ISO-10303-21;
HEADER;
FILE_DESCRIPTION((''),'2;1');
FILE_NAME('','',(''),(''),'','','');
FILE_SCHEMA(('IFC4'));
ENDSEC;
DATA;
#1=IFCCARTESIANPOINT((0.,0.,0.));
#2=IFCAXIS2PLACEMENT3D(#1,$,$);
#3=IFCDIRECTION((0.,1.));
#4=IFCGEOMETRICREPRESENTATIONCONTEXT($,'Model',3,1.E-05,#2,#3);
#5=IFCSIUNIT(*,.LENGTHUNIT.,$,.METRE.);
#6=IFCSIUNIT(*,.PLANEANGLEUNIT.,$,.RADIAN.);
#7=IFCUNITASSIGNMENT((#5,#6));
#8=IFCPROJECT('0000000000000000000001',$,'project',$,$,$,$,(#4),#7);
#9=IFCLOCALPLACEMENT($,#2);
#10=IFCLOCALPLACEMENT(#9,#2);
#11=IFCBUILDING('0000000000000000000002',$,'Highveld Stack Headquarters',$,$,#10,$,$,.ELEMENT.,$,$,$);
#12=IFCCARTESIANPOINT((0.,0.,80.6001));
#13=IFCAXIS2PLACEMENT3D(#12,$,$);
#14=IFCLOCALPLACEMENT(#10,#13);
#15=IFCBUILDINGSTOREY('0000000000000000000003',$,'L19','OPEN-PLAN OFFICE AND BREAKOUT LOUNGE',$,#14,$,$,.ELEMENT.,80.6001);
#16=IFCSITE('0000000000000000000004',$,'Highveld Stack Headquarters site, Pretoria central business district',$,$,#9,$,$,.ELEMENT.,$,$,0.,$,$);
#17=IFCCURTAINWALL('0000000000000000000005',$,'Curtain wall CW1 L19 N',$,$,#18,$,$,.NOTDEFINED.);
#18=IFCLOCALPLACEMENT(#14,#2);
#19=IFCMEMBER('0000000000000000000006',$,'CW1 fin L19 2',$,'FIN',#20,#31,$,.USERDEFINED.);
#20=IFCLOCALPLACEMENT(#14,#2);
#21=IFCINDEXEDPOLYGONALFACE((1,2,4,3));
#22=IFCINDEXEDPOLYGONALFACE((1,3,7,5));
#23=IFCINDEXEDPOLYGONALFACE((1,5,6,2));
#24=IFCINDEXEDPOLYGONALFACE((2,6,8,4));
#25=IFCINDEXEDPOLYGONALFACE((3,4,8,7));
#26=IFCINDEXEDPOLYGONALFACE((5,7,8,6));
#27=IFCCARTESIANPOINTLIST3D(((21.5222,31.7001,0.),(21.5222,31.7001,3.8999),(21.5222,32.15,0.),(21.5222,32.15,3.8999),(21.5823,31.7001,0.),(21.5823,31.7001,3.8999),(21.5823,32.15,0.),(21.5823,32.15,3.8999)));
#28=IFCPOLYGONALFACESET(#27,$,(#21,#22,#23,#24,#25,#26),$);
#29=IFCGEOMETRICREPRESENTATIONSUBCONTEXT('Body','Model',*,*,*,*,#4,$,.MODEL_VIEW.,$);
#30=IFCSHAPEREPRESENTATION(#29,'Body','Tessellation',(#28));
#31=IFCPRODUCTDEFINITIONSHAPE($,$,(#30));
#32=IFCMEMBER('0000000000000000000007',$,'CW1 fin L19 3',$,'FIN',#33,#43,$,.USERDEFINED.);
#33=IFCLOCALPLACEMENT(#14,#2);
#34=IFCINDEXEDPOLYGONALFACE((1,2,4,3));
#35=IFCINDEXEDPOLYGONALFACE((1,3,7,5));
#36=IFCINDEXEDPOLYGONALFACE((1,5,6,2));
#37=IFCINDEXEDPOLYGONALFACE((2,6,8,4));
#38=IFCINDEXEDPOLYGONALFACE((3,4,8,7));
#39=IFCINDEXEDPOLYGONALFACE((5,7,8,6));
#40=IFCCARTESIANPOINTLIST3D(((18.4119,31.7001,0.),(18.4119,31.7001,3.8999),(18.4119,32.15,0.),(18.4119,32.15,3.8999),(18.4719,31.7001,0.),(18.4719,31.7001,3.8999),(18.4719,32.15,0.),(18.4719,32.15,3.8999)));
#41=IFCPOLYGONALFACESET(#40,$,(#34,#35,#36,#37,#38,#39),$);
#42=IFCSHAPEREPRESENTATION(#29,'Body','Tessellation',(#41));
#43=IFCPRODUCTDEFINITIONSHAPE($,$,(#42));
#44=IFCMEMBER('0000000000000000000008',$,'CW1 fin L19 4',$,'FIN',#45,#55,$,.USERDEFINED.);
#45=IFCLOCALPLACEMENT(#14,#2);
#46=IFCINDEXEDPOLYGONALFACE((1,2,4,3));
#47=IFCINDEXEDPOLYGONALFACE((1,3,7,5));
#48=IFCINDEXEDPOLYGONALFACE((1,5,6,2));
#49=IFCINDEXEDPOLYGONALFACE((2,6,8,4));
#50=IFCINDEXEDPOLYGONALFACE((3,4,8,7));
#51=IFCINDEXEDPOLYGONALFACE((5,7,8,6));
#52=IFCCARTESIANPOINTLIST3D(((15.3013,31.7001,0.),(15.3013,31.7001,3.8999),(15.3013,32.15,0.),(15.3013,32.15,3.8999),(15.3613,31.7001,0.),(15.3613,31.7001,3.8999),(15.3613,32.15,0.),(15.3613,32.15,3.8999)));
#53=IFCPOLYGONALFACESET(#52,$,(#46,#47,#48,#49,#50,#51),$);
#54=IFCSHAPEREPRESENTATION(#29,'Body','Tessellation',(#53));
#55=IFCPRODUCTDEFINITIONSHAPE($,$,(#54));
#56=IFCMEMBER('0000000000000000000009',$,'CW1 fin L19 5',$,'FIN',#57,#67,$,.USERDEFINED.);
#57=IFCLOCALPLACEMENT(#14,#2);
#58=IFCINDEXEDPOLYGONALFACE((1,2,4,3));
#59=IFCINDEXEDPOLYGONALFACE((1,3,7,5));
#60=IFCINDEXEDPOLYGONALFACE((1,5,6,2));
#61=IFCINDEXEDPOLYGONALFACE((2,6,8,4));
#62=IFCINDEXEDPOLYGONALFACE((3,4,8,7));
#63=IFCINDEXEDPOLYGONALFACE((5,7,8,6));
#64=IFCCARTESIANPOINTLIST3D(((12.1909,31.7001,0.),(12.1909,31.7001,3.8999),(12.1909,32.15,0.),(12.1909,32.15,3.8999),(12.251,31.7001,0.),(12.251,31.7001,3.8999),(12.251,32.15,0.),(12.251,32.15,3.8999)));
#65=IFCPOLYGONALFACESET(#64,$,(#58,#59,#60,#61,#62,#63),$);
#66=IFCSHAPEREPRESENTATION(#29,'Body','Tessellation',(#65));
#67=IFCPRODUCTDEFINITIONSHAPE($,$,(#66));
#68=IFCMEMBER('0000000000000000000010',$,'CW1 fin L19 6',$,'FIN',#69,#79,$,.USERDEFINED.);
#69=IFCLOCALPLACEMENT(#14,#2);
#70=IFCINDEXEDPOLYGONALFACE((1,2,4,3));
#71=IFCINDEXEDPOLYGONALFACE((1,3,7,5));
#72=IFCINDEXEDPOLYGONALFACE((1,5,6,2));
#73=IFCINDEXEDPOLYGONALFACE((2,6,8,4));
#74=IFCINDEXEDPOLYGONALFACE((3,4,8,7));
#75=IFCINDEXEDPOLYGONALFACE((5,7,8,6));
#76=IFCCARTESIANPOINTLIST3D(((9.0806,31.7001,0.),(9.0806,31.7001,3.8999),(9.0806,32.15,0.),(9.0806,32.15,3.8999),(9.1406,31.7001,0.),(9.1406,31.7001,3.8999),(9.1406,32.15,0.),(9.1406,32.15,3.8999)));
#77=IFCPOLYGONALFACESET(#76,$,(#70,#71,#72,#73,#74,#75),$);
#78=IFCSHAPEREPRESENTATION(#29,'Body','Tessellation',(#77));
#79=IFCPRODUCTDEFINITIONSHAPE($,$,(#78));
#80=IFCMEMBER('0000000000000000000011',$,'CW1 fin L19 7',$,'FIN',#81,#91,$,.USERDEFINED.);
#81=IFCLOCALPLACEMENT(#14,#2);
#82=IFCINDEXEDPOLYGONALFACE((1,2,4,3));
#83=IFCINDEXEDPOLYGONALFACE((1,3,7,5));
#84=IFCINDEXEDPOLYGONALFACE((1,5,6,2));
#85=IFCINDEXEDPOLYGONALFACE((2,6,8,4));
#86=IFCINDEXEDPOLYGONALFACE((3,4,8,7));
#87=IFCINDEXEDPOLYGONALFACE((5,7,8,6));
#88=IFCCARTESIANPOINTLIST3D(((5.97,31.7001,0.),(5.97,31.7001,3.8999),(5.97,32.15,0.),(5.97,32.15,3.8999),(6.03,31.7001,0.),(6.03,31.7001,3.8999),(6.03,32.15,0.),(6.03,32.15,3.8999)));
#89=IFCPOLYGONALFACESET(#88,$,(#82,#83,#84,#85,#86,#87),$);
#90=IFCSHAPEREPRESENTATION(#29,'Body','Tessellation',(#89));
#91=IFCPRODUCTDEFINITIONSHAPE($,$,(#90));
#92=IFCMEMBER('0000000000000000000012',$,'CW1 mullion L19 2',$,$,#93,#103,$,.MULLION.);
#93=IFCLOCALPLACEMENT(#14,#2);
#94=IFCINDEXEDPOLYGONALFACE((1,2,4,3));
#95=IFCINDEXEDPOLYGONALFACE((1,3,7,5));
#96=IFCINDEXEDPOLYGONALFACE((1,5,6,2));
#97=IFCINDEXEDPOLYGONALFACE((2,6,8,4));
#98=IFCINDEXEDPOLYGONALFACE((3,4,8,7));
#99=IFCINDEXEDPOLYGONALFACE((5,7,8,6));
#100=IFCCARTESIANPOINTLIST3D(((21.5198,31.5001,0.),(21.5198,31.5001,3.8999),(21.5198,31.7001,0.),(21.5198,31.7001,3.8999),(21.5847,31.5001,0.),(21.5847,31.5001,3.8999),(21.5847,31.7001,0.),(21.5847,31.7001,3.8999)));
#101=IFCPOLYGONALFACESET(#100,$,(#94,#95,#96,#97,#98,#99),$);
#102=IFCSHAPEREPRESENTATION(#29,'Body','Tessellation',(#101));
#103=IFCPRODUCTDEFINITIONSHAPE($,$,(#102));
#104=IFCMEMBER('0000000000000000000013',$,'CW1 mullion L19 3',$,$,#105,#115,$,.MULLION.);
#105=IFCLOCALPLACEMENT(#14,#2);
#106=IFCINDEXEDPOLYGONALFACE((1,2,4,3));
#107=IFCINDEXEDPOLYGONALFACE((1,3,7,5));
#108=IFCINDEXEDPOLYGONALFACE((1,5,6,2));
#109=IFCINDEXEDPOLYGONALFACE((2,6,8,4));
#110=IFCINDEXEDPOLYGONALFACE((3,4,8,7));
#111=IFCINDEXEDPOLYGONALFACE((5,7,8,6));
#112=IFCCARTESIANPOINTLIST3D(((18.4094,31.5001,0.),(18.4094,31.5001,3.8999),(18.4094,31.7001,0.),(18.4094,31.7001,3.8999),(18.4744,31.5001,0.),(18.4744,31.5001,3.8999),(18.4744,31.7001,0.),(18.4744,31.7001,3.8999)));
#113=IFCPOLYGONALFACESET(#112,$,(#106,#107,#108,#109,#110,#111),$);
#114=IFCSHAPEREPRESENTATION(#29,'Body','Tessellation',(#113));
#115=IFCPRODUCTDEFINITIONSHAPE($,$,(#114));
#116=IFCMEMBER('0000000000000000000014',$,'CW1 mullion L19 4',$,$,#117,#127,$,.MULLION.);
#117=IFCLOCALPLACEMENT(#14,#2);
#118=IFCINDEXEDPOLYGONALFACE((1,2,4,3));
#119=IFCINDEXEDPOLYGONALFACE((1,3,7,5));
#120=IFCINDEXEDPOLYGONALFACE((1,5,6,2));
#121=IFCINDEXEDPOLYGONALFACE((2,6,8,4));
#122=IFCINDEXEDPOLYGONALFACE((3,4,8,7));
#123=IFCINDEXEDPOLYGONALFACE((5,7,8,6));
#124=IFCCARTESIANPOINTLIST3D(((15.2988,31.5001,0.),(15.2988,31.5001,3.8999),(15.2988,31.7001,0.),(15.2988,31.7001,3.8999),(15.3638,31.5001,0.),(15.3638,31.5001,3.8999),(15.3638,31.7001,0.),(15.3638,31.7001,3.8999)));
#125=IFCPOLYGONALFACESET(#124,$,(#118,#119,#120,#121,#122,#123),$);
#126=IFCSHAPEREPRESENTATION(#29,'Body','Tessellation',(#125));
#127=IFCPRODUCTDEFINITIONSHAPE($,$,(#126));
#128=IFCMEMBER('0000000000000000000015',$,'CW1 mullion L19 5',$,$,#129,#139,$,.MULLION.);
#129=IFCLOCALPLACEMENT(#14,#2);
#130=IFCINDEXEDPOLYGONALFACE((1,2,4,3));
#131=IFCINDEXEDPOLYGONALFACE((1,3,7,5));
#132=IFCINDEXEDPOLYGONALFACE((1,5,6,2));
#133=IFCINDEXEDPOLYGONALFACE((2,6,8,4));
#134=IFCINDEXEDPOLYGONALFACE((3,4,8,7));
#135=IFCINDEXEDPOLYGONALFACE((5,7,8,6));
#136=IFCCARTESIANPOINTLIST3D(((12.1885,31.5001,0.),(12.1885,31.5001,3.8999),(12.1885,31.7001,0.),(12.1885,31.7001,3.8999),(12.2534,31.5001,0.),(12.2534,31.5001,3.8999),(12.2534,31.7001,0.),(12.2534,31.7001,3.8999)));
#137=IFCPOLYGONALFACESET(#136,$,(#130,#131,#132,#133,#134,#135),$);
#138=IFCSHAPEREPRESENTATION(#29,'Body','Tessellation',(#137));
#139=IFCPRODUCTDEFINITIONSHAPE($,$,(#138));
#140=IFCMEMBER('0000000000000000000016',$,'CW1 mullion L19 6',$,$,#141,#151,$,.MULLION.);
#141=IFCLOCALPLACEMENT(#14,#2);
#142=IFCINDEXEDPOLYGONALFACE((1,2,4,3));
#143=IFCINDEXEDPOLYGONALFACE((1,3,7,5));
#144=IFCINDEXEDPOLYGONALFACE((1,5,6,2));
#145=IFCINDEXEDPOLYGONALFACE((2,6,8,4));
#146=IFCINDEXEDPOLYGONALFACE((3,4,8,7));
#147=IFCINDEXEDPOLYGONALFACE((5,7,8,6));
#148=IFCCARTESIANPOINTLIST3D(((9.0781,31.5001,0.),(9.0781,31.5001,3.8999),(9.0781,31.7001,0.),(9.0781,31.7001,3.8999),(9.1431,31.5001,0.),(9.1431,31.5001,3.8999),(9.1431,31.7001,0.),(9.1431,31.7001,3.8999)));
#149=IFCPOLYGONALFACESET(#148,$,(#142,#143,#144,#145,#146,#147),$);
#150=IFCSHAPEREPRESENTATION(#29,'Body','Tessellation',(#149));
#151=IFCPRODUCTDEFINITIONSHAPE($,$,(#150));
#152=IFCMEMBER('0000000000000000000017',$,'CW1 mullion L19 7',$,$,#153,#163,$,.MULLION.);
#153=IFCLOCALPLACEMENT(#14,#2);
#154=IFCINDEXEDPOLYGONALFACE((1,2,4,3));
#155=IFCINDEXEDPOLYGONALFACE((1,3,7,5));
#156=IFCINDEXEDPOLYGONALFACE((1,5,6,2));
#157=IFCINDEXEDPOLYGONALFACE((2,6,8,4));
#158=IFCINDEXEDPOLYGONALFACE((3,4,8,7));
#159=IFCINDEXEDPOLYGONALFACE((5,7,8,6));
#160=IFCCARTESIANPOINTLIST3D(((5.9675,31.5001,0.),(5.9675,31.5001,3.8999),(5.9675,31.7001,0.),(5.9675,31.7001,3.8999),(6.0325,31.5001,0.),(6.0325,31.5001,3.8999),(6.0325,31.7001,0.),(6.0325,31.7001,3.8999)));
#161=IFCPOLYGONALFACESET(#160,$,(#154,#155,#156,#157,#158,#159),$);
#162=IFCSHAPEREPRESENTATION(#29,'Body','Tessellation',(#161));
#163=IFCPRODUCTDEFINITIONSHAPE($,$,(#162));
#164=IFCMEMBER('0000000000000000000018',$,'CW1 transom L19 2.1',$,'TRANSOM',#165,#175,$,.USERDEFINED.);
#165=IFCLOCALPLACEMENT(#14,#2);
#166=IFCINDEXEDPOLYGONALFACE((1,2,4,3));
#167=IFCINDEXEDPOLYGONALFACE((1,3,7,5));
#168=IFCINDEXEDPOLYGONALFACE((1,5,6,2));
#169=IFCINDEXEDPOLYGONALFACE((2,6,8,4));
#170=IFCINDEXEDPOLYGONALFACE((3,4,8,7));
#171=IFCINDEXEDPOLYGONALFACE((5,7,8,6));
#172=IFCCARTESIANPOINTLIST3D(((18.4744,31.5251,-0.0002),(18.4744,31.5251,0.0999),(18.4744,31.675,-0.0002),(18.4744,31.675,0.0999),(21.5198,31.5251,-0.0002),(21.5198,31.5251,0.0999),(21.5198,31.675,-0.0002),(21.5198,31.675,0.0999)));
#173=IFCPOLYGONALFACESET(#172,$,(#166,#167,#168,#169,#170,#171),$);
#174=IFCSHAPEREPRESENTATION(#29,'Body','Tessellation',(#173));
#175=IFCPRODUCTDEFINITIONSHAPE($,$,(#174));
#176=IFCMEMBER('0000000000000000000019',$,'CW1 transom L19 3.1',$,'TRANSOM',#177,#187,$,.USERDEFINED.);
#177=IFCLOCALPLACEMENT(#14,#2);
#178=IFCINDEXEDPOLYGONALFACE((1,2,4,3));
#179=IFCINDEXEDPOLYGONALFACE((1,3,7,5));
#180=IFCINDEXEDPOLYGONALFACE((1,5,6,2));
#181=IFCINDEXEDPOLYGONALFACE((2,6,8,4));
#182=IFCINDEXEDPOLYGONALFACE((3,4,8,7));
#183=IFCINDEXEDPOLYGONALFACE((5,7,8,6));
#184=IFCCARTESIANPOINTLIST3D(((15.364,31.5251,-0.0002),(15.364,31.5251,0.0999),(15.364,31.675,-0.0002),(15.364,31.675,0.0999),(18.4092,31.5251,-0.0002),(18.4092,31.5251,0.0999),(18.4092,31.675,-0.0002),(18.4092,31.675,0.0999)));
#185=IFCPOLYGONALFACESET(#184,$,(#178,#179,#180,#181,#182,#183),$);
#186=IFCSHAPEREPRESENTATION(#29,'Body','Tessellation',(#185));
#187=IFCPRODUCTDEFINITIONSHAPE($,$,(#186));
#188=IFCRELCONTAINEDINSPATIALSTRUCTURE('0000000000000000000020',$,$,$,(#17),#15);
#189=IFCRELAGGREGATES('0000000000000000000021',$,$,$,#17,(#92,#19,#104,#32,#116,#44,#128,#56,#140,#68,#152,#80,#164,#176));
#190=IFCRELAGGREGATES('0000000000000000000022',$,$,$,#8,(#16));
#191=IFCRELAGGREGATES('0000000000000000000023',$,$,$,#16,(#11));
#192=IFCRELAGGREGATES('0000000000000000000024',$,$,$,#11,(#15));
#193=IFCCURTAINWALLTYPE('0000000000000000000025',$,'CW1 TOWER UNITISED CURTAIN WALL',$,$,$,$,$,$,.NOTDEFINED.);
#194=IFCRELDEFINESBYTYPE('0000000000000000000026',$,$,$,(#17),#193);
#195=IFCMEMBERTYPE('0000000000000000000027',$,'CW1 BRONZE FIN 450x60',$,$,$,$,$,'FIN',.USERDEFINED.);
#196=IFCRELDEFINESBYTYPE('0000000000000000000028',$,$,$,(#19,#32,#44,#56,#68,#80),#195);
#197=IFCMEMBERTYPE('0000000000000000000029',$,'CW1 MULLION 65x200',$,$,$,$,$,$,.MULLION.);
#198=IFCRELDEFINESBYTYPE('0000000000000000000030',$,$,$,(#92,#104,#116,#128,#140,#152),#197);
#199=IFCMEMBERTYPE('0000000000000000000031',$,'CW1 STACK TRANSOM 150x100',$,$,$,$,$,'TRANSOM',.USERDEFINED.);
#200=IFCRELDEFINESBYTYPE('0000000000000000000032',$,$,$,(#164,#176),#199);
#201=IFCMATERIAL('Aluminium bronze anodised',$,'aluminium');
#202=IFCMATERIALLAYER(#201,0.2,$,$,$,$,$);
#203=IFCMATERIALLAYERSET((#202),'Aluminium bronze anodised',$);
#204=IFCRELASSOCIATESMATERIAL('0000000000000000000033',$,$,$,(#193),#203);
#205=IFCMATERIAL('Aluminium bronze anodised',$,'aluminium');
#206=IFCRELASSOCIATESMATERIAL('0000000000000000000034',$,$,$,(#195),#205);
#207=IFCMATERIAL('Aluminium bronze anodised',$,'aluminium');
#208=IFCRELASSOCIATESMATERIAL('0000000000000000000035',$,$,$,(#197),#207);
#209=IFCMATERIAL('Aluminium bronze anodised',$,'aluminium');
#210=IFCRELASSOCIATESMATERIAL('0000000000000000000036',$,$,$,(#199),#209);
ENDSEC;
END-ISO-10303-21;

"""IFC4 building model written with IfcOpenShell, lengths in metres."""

from ifc_helpers import new_model, si_unit, direction, frame, origin, origin_2d, place, context, subcontext, project, spatial, rectangle, extrude, material, layer, layer_set, material_profile, profile_set, type_object, element, aggregate, save


model = new_model("IFC4")

# Units and contexts
model_context = context("Model", 3, precision=1e-05, world=origin(), true_north=direction((0.0, 1.0)))
body_context = subcontext(model_context, "Body", "Model", "MODEL_VIEW")
ifc_project = project(units=[si_unit("LENGTHUNIT", "METRE"), si_unit("PLANEANGLEUNIT", "RADIAN")], contexts=[model_context])

# Site, building, storey
site_placement = place(None, origin())
site = spatial("IfcSite", under=ifc_project, at=site_placement, Name="Highveld Stack Headquarters site, Pretoria central business district", CompositionType="ELEMENT", RefElevation=0.0)
building_placement = place(site_placement, origin())
building = spatial("IfcBuilding", under=site, at=building_placement, Name="Highveld Stack Headquarters", CompositionType="ELEMENT")
storey_placement = place(building_placement, frame((0.0, 0.0, 80.6001)))
storey = spatial("IfcBuildingStorey", under=building, at=storey_placement, Name="L19", Description="OPEN-PLAN OFFICE AND BREAKOUT LOUNGE", CompositionType="ELEMENT", Elevation=80.6001)

# Curtain wall, members
ifc_material_1 = material(Name="Aluminium bronze anodised", Category="aluminium")
ifc_layer_1 = layer(ifc_material_1, 0.2)
ifc_layer_set_1 = layer_set([ifc_layer_1], Name="Aluminium bronze anodised")
curtain_wall_type = type_object("IfcCurtainWallType", Name="CW1 TOWER UNITISED CURTAIN WALL", PredefinedType="NOTDEFINED", material=ifc_layer_set_1)
curtain_wall_placement = place(storey_placement, origin())
curtain_wall = element("IfcCurtainWall", 1, at=curtain_wall_placement, inside=storey, type_object=curtain_wall_type, Name="Curtain wall CW1 L19 N", PredefinedType="NOTDEFINED")
ifc_material_2 = material(Name="Aluminium bronze anodised", Category="aluminium")
ifc_material_profile_1 = material_profile(ifc_material_2, rectangle(XDim=0.45, YDim=0.0601, at=origin_2d()), Name="FIN 450x60")
ifc_profile_set_1 = profile_set([ifc_material_profile_1], Name="Aluminium bronze anodised")
member_type_1 = type_object("IfcMemberType", Name="CW1 BRONZE FIN 450x60", ElementType="FIN", PredefinedType="USERDEFINED", material=ifc_profile_set_1)
member_1_placement = place(storey_placement, frame((21.5522, 31.925, 0.0), z_axis=(0.0, 0.0, 1.0), x_axis=(0.0, -1.0, 0.0)))
member_1 = element("IfcMember", 2, at=member_1_placement, type_object=member_type_1, Name="CW1 fin L19 2", ObjectType="FIN", PredefinedType="USERDEFINED", context=body_context, shape_type="SweptSolid", body=[
    extrude(rectangle(XDim=0.45, YDim=0.0601, at=origin_2d()), origin(), (0.0, 0.0, 1.0), 3.8999),
])
member_2_placement = place(storey_placement, frame((18.4419, 31.925, 0.0), z_axis=(0.0, 0.0, 1.0), x_axis=(0.0, -1.0, 0.0)))
member_2 = element("IfcMember", 3, at=member_2_placement, type_object=member_type_1, Name="CW1 fin L19 3", ObjectType="FIN", PredefinedType="USERDEFINED", context=body_context, shape_type="SweptSolid", body=[
    extrude(rectangle(XDim=0.45, YDim=0.0601, at=origin_2d()), origin(), (0.0, 0.0, 1.0), 3.8999),
])
member_3_placement = place(storey_placement, frame((15.3313, 31.925, 0.0), z_axis=(0.0, 0.0, 1.0), x_axis=(0.0, -1.0, 0.0)))
member_3 = element("IfcMember", 4, at=member_3_placement, type_object=member_type_1, Name="CW1 fin L19 4", ObjectType="FIN", PredefinedType="USERDEFINED", context=body_context, shape_type="SweptSolid", body=[
    extrude(rectangle(XDim=0.45, YDim=0.0601, at=origin_2d()), origin(), (0.0, 0.0, 1.0), 3.8999),
])
member_4_placement = place(storey_placement, frame((12.2209, 31.925, 0.0), z_axis=(0.0, 0.0, 1.0), x_axis=(0.0, -1.0, 0.0)))
member_4 = element("IfcMember", 5, at=member_4_placement, type_object=member_type_1, Name="CW1 fin L19 5", ObjectType="FIN", PredefinedType="USERDEFINED", context=body_context, shape_type="SweptSolid", body=[
    extrude(rectangle(XDim=0.45, YDim=0.0601, at=origin_2d()), origin(), (0.0, 0.0, 1.0), 3.8999),
])
member_5_placement = place(storey_placement, frame((9.1106, 31.925, 0.0), z_axis=(0.0, 0.0, 1.0), x_axis=(0.0, -1.0, 0.0)))
member_5 = element("IfcMember", 6, at=member_5_placement, type_object=member_type_1, Name="CW1 fin L19 6", ObjectType="FIN", PredefinedType="USERDEFINED", context=body_context, shape_type="SweptSolid", body=[
    extrude(rectangle(XDim=0.45, YDim=0.0601, at=origin_2d()), origin(), (0.0, 0.0, 1.0), 3.8999),
])
member_6_placement = place(storey_placement, frame((6.0, 31.925, 0.0), z_axis=(0.0, 0.0, 1.0), x_axis=(0.0, -1.0, 0.0)))
member_6 = element("IfcMember", 7, at=member_6_placement, type_object=member_type_1, Name="CW1 fin L19 7", ObjectType="FIN", PredefinedType="USERDEFINED", context=body_context, shape_type="SweptSolid", body=[
    extrude(rectangle(XDim=0.45, YDim=0.0601, at=origin_2d()), origin(), (0.0, 0.0, 1.0), 3.8999),
])
ifc_material_3 = material(Name="Aluminium bronze anodised", Category="aluminium")
ifc_material_profile_2 = material_profile(ifc_material_3, rectangle(XDim=0.2, YDim=0.0649, at=origin_2d()), Name="CW1 MULLION 65x200")
ifc_profile_set_2 = profile_set([ifc_material_profile_2], Name="Aluminium bronze anodised")
member_type_2 = type_object("IfcMemberType", Name="CW1 MULLION 65x200", PredefinedType="MULLION", material=ifc_profile_set_2)
member_7_placement = place(storey_placement, frame((21.5522, 31.6001, 0.0), z_axis=(0.0, 0.0, 1.0), x_axis=(0.0, -1.0, 0.0)))
member_7 = element("IfcMember", 8, at=member_7_placement, type_object=member_type_2, Name="CW1 mullion L19 2", PredefinedType="MULLION", context=body_context, shape_type="SweptSolid", body=[
    extrude(rectangle(XDim=0.2, YDim=0.0649, at=origin_2d()), origin(), (0.0, 0.0, 1.0), 3.8999),
])
member_8_placement = place(storey_placement, frame((18.4419, 31.6001, 0.0), z_axis=(0.0, 0.0, 1.0), x_axis=(0.0, -1.0, 0.0)))
member_8 = element("IfcMember", 9, at=member_8_placement, type_object=member_type_2, Name="CW1 mullion L19 3", PredefinedType="MULLION", context=body_context, shape_type="SweptSolid", body=[
    extrude(rectangle(XDim=0.2, YDim=0.0649, at=origin_2d()), origin(), (0.0, 0.0, 1.0), 3.8999),
])
member_9_placement = place(storey_placement, frame((15.3313, 31.6001, 0.0), z_axis=(0.0, 0.0, 1.0), x_axis=(0.0, -1.0, 0.0)))
member_9 = element("IfcMember", 10, at=member_9_placement, type_object=member_type_2, Name="CW1 mullion L19 4", PredefinedType="MULLION", context=body_context, shape_type="SweptSolid", body=[
    extrude(rectangle(XDim=0.2, YDim=0.0649, at=origin_2d()), origin(), (0.0, 0.0, 1.0), 3.8999),
])
member_10_placement = place(storey_placement, frame((12.2209, 31.6001, 0.0), z_axis=(0.0, 0.0, 1.0), x_axis=(0.0, -1.0, 0.0)))
member_10 = element("IfcMember", 11, at=member_10_placement, type_object=member_type_2, Name="CW1 mullion L19 5", PredefinedType="MULLION", context=body_context, shape_type="SweptSolid", body=[
    extrude(rectangle(XDim=0.2, YDim=0.0649, at=origin_2d()), origin(), (0.0, 0.0, 1.0), 3.8999),
])
member_11_placement = place(storey_placement, frame((9.1106, 31.6001, 0.0), z_axis=(0.0, 0.0, 1.0), x_axis=(0.0, -1.0, 0.0)))
member_11 = element("IfcMember", 12, at=member_11_placement, type_object=member_type_2, Name="CW1 mullion L19 6", PredefinedType="MULLION", context=body_context, shape_type="SweptSolid", body=[
    extrude(rectangle(XDim=0.2, YDim=0.0649, at=origin_2d()), origin(), (0.0, 0.0, 1.0), 3.8999),
])
member_12_placement = place(storey_placement, frame((6.0, 31.6001, 0.0), z_axis=(0.0, 0.0, 1.0), x_axis=(0.0, -1.0, 0.0)))
member_12 = element("IfcMember", 13, at=member_12_placement, type_object=member_type_2, Name="CW1 mullion L19 7", PredefinedType="MULLION", context=body_context, shape_type="SweptSolid", body=[
    extrude(rectangle(XDim=0.2, YDim=0.0649, at=origin_2d()), origin(), (0.0, 0.0, 1.0), 3.8999),
])
ifc_material_4 = material(Name="Aluminium bronze anodised", Category="aluminium")
ifc_material_profile_3 = material_profile(ifc_material_4, rectangle(XDim=0.1499, YDim=0.1001, at=origin_2d()), Name="CW1 TRANSOM 150x100")
ifc_profile_set_3 = profile_set([ifc_material_profile_3], Name="Aluminium bronze anodised")
member_type_3 = type_object("IfcMemberType", Name="CW1 STACK TRANSOM 150x100", ElementType="TRANSOM", PredefinedType="USERDEFINED", material=ifc_profile_set_3)
member_13_placement = place(storey_placement, frame((21.5198, 31.6001, 0.0498), z_axis=(-1.0, 0.0, 0.0), x_axis=(0.0, -1.0, 0.0)))
member_13 = element("IfcMember", 14, at=member_13_placement, type_object=member_type_3, Name="CW1 transom L19 2.1", ObjectType="TRANSOM", PredefinedType="USERDEFINED", context=body_context, shape_type="SweptSolid", body=[
    extrude(rectangle(XDim=0.1499, YDim=0.1001, at=origin_2d()), origin(), (0.0, 0.0, 1.0), 3.0454),
])
member_14_placement = place(storey_placement, frame((18.4092, 31.6001, 0.0498), z_axis=(-1.0, 0.0, 0.0), x_axis=(0.0, -1.0, 0.0)))
member_14 = element("IfcMember", 15, at=member_14_placement, type_object=member_type_3, Name="CW1 transom L19 3.1", ObjectType="TRANSOM", PredefinedType="USERDEFINED", context=body_context, shape_type="SweptSolid", body=[
    extrude(rectangle(XDim=0.1499, YDim=0.1001, at=origin_2d()), origin(), (0.0, 0.0, 1.0), 3.0452),
])

aggregate(curtain_wall, [member_7, member_1, member_8, member_2, member_9, member_3, member_10, member_4, member_11, member_5, member_12, member_6, member_13, member_14])

save(model, "model.ifc")
